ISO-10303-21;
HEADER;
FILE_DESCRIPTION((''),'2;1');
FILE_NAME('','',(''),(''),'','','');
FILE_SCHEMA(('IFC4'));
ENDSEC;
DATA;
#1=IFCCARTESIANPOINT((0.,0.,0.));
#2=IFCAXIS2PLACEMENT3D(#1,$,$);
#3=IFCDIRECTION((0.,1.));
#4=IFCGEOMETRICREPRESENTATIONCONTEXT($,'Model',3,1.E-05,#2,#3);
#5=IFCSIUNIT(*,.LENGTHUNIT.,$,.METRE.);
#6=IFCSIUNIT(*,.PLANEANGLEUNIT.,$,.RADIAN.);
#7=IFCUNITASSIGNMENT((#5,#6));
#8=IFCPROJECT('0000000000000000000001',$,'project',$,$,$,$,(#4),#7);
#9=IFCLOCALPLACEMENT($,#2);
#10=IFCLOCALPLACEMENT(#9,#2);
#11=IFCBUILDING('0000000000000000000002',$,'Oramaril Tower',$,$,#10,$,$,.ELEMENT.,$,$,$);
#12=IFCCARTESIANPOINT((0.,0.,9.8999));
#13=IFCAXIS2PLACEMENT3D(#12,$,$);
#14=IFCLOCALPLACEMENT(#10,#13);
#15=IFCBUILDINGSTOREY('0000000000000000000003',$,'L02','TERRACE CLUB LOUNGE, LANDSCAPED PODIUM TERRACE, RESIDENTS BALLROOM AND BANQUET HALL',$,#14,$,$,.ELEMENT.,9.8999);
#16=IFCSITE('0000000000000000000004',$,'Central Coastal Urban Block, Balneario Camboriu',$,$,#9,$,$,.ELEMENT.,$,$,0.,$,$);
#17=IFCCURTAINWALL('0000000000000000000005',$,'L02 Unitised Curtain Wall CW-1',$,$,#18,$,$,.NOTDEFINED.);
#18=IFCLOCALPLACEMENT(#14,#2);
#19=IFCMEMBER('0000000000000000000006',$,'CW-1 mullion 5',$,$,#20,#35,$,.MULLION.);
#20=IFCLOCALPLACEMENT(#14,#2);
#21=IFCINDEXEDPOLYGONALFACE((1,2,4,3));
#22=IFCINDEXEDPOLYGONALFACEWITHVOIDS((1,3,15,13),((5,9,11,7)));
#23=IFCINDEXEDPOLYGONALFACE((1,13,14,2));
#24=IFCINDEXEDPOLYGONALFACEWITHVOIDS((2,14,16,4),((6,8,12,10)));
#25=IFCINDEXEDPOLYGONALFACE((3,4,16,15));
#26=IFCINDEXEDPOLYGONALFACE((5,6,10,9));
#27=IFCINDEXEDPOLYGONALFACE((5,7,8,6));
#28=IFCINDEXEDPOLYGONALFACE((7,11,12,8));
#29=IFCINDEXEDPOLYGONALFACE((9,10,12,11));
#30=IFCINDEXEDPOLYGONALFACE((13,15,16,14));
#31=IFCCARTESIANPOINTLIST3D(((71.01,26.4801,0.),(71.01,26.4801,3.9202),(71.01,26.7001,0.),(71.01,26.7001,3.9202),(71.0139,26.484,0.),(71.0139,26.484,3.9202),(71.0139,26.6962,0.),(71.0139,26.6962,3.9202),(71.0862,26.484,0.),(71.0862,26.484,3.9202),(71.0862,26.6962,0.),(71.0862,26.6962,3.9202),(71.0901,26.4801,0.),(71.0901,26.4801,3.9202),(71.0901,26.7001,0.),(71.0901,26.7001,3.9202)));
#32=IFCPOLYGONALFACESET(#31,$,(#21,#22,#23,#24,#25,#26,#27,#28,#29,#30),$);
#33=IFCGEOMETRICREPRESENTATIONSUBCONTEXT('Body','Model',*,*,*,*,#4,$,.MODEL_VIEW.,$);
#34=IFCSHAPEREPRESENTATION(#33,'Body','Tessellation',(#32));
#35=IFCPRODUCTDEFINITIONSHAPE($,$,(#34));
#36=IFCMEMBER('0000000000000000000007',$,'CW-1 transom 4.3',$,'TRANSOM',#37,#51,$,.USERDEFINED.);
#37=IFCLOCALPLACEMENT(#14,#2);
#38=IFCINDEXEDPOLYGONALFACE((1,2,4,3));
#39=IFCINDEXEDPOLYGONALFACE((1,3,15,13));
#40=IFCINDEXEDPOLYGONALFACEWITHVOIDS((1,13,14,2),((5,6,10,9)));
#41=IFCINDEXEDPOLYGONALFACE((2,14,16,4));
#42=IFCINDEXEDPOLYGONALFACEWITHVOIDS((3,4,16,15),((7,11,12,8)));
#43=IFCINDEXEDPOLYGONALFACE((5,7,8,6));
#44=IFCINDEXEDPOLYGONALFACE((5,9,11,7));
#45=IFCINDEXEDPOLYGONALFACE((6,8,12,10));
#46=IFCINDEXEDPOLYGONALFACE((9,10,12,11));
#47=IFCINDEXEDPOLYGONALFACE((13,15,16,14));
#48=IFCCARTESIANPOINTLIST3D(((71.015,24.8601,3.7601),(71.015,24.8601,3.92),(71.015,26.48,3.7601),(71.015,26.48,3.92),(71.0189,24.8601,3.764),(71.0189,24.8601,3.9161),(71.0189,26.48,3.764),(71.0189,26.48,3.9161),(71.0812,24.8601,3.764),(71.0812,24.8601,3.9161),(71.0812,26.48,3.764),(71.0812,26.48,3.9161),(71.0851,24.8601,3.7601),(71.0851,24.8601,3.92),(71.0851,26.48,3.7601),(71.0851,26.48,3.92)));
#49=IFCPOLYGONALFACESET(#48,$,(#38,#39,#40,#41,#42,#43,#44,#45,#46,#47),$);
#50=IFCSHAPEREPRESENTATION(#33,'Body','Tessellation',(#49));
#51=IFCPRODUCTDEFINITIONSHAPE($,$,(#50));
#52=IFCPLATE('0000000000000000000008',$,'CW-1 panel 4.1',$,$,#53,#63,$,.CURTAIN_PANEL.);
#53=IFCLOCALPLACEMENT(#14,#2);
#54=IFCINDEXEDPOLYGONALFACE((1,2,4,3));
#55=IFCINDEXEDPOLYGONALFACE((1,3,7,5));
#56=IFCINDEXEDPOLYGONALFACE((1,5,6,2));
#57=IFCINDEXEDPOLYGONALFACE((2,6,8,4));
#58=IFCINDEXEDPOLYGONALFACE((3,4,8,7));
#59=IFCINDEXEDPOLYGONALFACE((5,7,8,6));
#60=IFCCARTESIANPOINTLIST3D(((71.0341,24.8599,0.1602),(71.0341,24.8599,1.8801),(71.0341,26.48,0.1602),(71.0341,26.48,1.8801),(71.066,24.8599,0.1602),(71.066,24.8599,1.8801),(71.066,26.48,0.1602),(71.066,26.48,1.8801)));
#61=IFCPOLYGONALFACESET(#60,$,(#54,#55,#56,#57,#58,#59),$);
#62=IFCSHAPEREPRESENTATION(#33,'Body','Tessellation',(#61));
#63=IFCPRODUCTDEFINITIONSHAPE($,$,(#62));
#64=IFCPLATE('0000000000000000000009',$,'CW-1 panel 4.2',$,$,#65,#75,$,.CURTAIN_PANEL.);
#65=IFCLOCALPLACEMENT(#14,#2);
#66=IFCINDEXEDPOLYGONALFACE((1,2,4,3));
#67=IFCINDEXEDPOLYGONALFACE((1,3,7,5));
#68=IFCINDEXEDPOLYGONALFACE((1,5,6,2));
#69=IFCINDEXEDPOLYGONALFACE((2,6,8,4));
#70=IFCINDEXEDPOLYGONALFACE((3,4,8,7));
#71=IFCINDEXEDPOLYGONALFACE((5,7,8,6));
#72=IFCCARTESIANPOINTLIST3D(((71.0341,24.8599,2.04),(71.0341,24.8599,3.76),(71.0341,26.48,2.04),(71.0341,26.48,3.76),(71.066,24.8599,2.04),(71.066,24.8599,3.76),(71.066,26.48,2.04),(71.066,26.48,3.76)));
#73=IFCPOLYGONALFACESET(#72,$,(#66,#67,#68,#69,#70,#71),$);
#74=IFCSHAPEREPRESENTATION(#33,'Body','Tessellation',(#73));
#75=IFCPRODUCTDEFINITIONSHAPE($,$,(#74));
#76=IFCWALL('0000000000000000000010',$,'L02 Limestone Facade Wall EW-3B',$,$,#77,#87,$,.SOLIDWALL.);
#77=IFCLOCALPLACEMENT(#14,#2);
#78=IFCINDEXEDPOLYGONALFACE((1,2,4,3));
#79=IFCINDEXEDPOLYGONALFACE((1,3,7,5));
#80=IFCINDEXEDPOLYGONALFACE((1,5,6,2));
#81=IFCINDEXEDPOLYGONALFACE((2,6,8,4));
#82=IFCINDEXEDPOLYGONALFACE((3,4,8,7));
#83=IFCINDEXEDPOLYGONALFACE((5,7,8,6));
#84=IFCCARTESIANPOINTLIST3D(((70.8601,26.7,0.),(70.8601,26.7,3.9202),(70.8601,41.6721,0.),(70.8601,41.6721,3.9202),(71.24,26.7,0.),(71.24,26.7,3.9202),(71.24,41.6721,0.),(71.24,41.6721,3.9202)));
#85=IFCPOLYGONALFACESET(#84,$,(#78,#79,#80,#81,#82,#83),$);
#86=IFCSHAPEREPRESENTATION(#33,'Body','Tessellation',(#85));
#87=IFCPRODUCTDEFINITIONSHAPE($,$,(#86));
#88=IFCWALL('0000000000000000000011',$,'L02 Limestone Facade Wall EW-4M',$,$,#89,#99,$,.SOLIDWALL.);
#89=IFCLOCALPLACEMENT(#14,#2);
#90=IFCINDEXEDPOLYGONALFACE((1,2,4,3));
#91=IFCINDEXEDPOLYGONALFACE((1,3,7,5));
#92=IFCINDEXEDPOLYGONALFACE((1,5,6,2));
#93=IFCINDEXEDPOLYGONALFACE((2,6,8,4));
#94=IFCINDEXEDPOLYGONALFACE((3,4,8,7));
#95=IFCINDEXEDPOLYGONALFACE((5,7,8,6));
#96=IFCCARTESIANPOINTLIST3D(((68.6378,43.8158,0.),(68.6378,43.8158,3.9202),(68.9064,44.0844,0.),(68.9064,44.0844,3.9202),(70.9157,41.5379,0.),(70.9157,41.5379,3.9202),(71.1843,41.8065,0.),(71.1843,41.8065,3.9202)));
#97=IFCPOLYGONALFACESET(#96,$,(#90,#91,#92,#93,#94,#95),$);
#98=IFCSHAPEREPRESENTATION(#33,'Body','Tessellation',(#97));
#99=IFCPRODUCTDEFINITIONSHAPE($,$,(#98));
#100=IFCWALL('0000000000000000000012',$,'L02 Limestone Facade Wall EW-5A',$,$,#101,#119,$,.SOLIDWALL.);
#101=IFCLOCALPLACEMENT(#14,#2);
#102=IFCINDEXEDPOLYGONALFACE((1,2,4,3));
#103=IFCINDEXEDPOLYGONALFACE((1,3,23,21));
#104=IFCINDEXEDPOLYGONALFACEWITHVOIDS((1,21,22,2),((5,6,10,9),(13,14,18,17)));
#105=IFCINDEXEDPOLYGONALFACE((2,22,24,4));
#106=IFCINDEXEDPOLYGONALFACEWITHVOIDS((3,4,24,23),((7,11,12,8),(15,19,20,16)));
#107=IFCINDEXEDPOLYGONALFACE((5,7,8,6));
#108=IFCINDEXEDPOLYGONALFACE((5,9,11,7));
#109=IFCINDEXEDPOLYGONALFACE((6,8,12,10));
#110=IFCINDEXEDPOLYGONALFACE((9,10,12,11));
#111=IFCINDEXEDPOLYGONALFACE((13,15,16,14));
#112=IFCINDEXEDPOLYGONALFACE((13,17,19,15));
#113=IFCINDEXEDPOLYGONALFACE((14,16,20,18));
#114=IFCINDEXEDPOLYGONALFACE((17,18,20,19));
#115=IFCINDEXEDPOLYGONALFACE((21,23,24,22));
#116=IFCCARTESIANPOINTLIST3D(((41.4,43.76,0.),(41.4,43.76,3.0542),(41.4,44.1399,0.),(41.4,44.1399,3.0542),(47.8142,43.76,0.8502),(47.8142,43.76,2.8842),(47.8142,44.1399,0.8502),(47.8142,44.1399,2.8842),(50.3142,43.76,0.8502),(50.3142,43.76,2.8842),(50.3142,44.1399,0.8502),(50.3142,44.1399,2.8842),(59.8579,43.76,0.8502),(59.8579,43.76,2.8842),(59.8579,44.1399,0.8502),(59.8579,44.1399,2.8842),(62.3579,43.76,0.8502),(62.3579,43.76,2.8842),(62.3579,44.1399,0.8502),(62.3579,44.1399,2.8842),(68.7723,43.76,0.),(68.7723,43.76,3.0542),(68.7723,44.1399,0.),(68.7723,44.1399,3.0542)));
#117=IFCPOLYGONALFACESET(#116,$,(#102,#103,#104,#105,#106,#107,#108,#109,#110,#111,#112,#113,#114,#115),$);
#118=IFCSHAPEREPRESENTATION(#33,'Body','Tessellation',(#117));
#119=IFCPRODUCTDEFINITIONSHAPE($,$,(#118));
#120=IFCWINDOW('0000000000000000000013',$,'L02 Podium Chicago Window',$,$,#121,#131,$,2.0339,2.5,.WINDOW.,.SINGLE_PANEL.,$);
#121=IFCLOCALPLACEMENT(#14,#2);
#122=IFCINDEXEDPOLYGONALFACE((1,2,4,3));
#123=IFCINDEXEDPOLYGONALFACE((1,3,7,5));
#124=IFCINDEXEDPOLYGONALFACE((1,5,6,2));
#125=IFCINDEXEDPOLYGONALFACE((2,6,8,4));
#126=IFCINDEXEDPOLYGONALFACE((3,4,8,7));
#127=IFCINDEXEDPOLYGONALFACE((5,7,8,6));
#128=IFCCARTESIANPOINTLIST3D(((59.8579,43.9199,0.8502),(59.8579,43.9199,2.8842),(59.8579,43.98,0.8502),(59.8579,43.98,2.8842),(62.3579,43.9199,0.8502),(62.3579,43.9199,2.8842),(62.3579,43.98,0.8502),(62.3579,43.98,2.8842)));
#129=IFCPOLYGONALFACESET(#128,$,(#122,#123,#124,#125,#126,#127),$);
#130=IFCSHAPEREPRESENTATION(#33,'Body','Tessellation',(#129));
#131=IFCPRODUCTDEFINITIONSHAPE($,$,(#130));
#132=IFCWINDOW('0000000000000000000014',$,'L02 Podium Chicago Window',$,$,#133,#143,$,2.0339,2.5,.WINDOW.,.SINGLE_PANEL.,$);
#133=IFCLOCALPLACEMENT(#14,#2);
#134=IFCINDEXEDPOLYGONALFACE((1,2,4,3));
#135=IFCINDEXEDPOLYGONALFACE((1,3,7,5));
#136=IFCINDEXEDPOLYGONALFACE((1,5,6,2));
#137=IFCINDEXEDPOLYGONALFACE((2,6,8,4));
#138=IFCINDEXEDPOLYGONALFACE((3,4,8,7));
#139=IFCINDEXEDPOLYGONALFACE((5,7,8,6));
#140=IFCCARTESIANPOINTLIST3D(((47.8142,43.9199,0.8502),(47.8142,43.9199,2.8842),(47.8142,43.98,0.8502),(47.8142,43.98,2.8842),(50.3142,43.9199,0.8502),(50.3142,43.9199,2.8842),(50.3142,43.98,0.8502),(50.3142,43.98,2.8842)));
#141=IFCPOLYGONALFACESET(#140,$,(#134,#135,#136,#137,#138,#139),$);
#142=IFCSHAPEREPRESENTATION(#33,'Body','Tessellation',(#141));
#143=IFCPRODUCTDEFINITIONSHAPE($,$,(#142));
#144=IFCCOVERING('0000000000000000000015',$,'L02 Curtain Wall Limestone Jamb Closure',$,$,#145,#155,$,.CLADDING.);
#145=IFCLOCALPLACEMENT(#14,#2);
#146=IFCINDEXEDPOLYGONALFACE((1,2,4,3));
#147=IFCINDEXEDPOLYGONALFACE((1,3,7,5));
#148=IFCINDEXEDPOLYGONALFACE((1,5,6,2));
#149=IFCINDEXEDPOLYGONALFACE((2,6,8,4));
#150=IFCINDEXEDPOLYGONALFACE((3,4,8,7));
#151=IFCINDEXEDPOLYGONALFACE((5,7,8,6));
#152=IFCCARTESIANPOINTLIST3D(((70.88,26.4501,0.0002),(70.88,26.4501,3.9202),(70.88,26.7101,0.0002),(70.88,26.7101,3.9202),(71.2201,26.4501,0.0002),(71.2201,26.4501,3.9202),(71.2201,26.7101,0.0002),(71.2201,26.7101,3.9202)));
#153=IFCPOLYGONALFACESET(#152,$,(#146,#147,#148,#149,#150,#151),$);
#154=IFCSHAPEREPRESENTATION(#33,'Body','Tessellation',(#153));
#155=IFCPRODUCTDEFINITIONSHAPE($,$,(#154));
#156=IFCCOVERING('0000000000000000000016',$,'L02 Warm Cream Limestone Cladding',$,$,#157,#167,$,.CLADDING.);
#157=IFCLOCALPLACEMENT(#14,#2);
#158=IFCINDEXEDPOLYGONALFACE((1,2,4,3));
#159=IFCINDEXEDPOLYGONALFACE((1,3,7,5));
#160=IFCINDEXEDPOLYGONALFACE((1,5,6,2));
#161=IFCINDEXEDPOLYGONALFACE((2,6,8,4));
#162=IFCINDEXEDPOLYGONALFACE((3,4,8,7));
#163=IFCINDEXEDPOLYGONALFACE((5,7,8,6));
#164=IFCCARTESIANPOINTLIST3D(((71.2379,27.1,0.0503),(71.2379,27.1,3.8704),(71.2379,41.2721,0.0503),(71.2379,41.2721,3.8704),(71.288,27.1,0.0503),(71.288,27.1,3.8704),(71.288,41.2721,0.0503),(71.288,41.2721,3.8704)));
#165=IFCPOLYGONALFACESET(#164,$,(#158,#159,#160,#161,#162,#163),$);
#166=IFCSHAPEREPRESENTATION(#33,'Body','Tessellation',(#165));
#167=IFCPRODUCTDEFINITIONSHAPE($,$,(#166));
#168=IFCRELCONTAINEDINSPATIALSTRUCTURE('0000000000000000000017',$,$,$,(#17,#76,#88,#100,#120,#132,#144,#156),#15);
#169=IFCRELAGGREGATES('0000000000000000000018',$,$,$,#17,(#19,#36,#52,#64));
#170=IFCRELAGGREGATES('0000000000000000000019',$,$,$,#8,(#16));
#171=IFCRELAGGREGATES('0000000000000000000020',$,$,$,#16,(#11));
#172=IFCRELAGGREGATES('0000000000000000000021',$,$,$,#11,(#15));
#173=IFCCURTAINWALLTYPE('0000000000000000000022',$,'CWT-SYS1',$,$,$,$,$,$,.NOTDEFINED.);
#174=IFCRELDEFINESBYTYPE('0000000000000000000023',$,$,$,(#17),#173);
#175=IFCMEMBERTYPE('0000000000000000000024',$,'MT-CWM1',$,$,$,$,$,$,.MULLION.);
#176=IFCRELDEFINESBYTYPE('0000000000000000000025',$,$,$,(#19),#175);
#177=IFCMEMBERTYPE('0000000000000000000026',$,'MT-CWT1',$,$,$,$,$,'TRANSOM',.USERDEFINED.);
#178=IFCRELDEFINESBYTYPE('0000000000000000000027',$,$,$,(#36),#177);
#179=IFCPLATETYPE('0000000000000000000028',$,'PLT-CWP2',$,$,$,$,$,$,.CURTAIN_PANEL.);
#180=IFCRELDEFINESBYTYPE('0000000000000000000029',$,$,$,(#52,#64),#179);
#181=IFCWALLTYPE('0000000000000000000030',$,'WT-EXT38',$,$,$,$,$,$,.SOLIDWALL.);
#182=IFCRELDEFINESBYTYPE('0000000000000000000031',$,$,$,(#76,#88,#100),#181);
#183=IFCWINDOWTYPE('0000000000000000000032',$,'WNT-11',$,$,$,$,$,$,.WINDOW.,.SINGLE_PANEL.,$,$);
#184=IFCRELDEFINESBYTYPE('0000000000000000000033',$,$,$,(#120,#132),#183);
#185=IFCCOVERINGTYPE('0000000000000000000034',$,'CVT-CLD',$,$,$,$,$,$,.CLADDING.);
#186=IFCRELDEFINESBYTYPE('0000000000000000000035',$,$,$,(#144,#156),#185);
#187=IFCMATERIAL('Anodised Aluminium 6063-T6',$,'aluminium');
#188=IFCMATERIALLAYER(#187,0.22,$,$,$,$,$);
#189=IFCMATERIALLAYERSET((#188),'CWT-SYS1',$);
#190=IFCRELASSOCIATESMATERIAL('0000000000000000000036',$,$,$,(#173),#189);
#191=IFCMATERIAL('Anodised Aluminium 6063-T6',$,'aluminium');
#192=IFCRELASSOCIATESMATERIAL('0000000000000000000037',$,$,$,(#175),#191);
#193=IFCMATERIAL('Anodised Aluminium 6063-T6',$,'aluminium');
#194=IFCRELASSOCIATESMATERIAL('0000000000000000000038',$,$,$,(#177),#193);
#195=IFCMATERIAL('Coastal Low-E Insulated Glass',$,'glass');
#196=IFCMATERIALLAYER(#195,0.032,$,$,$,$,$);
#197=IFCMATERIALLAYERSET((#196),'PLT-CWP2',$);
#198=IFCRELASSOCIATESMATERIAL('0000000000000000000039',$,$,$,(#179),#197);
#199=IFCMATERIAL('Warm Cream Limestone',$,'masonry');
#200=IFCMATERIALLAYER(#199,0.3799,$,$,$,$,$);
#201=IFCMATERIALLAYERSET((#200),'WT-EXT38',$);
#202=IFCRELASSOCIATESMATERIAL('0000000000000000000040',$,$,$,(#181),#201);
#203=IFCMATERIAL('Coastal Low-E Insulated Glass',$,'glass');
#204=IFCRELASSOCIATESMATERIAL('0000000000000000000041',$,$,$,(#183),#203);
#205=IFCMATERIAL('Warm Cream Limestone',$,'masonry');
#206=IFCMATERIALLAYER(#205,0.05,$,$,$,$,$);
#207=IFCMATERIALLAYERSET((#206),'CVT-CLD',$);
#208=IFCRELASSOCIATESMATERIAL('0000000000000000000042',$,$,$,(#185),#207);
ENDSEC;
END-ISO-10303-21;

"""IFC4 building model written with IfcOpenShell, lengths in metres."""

from ifc_helpers import new_model, si_unit, direction, frame, frame_2d, origin, origin_2d, place, context, subcontext, project, spatial, rectangle, hollow_rectangle, extrude, material, layer, layer_set, material_profile, profile_set, type_object, element, fill, aggregate, save


model = new_model("IFC4")

# Units and contexts
model_context = context("Model", 3, precision=1e-05, world=origin(), true_north=direction((0.0, 1.0)))
body_context = subcontext(model_context, "Body", "Model", "MODEL_VIEW")
ifc_project = project(units=[si_unit("LENGTHUNIT", "METRE"), si_unit("PLANEANGLEUNIT", "RADIAN")], contexts=[model_context])

# Site, building, storey
site_placement = place(None, origin())
site = spatial("IfcSite", under=ifc_project, at=site_placement, Name="Central Coastal Urban Block, Balneario Camboriu", CompositionType="ELEMENT", RefElevation=0.0)
building_placement = place(site_placement, origin())
building = spatial("IfcBuilding", under=site, at=building_placement, Name="Oramaril Tower", CompositionType="ELEMENT")
storey_placement = place(building_placement, frame((0.0, 0.0, 9.8999)))
storey = spatial("IfcBuildingStorey", under=building, at=storey_placement, Name="L02", Description="TERRACE CLUB LOUNGE, LANDSCAPED PODIUM TERRACE, RESIDENTS BALLROOM AND BANQUET HALL", CompositionType="ELEMENT", Elevation=9.8999)

# Curtain wall, members, plates
ifc_material_1 = material(Name="Anodised Aluminium 6063-T6", Category="aluminium")
ifc_layer_1 = layer(ifc_material_1, 0.22)
ifc_layer_set_1 = layer_set([ifc_layer_1], Name="CWT-SYS1")
curtain_wall_type = type_object("IfcCurtainWallType", Name="CWT-SYS1", PredefinedType="NOTDEFINED", material=ifc_layer_set_1)
curtain_wall_placement = place(storey_placement, origin())
curtain_wall = element("IfcCurtainWall", 1, at=curtain_wall_placement, inside=storey, type_object=curtain_wall_type, Name="L02 Unitised Curtain Wall CW-1", PredefinedType="NOTDEFINED")
ifc_material_2 = material(Name="Anodised Aluminium 6063-T6", Category="aluminium")
ifc_material_profile_1 = material_profile(ifc_material_2, hollow_rectangle(XDim=0.0801, YDim=0.22, WallThickness=0.0039, at=origin_2d()), Name="CWM220X80")
ifc_profile_set_1 = profile_set([ifc_material_profile_1], Name="Anodised Aluminium 6063-T6")
member_type_1 = type_object("IfcMemberType", Name="MT-CWM1", PredefinedType="MULLION", material=ifc_profile_set_1)
member_1_placement = place(storey_placement, frame((71.05, 26.5901, 0.0), z_axis=(0.0, 0.0, 1.0), x_axis=(-1.0, 0.0, 0.0)))
member_1 = element("IfcMember", 2, at=member_1_placement, type_object=member_type_1, Name="CW-1 mullion 5", PredefinedType="MULLION", context=body_context, shape_type="SweptSolid", body=[
    extrude(hollow_rectangle(XDim=0.0801, YDim=0.22, WallThickness=0.0039, at=origin_2d()), origin(), (0.0, 0.0, 1.0), 3.9202),
])
ifc_material_3 = material(Name="Anodised Aluminium 6063-T6", Category="aluminium")
ifc_material_profile_2 = material_profile(ifc_material_3, hollow_rectangle(XDim=0.0701, YDim=0.1599, WallThickness=0.0039, at=origin_2d()), Name="CWT160X70")
ifc_profile_set_2 = profile_set([ifc_material_profile_2], Name="Anodised Aluminium 6063-T6")
member_type_2 = type_object("IfcMemberType", Name="MT-CWT1", ElementType="TRANSOM", PredefinedType="USERDEFINED", material=ifc_profile_set_2)
member_2_placement = place(storey_placement, frame((71.05, 24.8601, 3.8401), z_axis=(0.0, 1.0, 0.0), x_axis=(-1.0, 0.0, 0.0)))
member_2 = element("IfcMember", 3, at=member_2_placement, type_object=member_type_2, Name="CW-1 transom 4.3", ObjectType="TRANSOM", PredefinedType="USERDEFINED", context=body_context, shape_type="SweptSolid", body=[
    extrude(hollow_rectangle(XDim=0.0701, YDim=0.1599, WallThickness=0.0039, at=origin_2d()), origin(), (0.0, 0.0, 1.0), 1.6199),
])
ifc_material_4 = material(Name="Coastal Low-E Insulated Glass", Category="glass")
ifc_layer_2 = layer(ifc_material_4, 0.032)
ifc_layer_set_2 = layer_set([ifc_layer_2], Name="PLT-CWP2")
plate_type = type_object("IfcPlateType", Name="PLT-CWP2", PredefinedType="CURTAIN_PANEL", material=ifc_layer_set_2)
plate_1_placement = place(storey_placement, frame((71.05, 25.6699, 0.1602), z_axis=(0.0, 0.0, 1.0), x_axis=(0.0, 1.0, 0.0)))
plate_1 = element("IfcPlate", 4, at=plate_1_placement, type_object=plate_type, Name="CW-1 panel 4.1", PredefinedType="CURTAIN_PANEL", context=body_context, shape_type="SweptSolid", body=[
    extrude(rectangle(XDim=1.6201, YDim=0.032, at=origin_2d()), origin(), (0.0, 0.0, 1.0), 1.72),
])
plate_2_placement = place(storey_placement, frame((71.05, 25.6699, 2.04), z_axis=(0.0, 0.0, 1.0), x_axis=(0.0, 1.0, 0.0)))
plate_2 = element("IfcPlate", 5, at=plate_2_placement, type_object=plate_type, Name="CW-1 panel 4.2", PredefinedType="CURTAIN_PANEL", context=body_context, shape_type="SweptSolid", body=[
    extrude(rectangle(XDim=1.6201, YDim=0.032, at=origin_2d()), origin(), (0.0, 0.0, 1.0), 1.72),
])
aggregate(curtain_wall, [member_1, member_2, plate_1, plate_2])

# Walls
ifc_material_5 = material(Name="Warm Cream Limestone", Category="masonry")
ifc_layer_3 = layer(ifc_material_5, 0.3799)
ifc_layer_set_3 = layer_set([ifc_layer_3], Name="WT-EXT38")
wall_type = type_object("IfcWallType", Name="WT-EXT38", PredefinedType="SOLIDWALL", material=ifc_layer_set_3)
wall_1_placement = place(storey_placement, frame((71.05, 26.7, 0.0), z_axis=(0.0, 0.0, 1.0), x_axis=(0.0, 1.0, 0.0)))
element("IfcWall", 6, at=wall_1_placement, inside=storey, type_object=wall_type, Name="L02 Limestone Facade Wall EW-3B", PredefinedType="SOLIDWALL", context=body_context, shape_type="SweptSolid", body=[
    extrude(rectangle(XDim=14.9722, YDim=0.3799, at=frame_2d((7.4861, 0.0))), origin(), (0.0, 0.0, 1.0), 3.9202),
])
wall_2_placement = place(storey_placement, frame((71.05, 41.6721, 0.0), z_axis=(0.0, 0.0, 1.0), x_axis=(-0.707107, 0.707107, 0.0)))
element("IfcWall", 7, at=wall_2_placement, inside=storey, type_object=wall_type, Name="L02 Limestone Facade Wall EW-4M", PredefinedType="SOLIDWALL", context=body_context, shape_type="SweptSolid", body=[
    extrude(rectangle(XDim=3.2214, YDim=0.3799, at=frame_2d((1.6108, 0.0))), origin(), (0.0, 0.0, 1.0), 3.9202),
])

# Wall, openings, windows
wall_3_placement = place(storey_placement, frame((68.7722, 43.95, 0.0), z_axis=(0.0, 0.0, 1.0), x_axis=(-1.0, 0.0, 0.0)))
wall_3 = element("IfcWall", 8, at=wall_3_placement, inside=storey, type_object=wall_type, Name="L02 Limestone Facade Wall EW-5A", PredefinedType="SOLIDWALL", context=body_context, shape_type="SweptSolid", body=[
    extrude(rectangle(XDim=27.3723, YDim=0.3799, at=frame_2d((13.686, 0.0))), origin(), (0.0, 0.0, 1.0), 3.0542),
])
opening_1_placement = place(wall_3_placement, frame((6.4143, 0.0, 0.8501)))
opening_1 = element("IfcOpeningElement", 9, at=opening_1_placement, cuts=wall_3, PredefinedType="OPENING", context=body_context, shape_type="SweptSolid", body=[
    extrude(rectangle(XDim=2.5, YDim=2.0339, at=frame_2d((1.25, 1.0171))), frame((0.0, 0.1899, 0.0), z_axis=(0.0, -1.0, 0.0), x_axis=(1.0, 0.0, 0.0)), (0.0, 0.0, 1.0), 0.3799),
])
opening_2_placement = place(wall_3_placement, frame((18.458, 0.0, 0.8501)))
opening_2 = element("IfcOpeningElement", 10, at=opening_2_placement, cuts=wall_3, PredefinedType="OPENING", context=body_context, shape_type="SweptSolid", body=[
    extrude(rectangle(XDim=2.5, YDim=2.0339, at=frame_2d((1.25, 1.0171))), frame((0.0, 0.1899, 0.0), z_axis=(0.0, -1.0, 0.0), x_axis=(1.0, 0.0, 0.0)), (0.0, 0.0, 1.0), 0.3799),
])
ifc_material_6 = material(Name="Coastal Low-E Insulated Glass", Category="glass")
window_type = type_object("IfcWindowType", Name="WNT-11", PartitioningType="SINGLE_PANEL", PredefinedType="WINDOW", material=ifc_material_6)
window_1_placement = place(opening_1_placement, origin())
window_1 = element("IfcWindow", 11, at=window_1_placement, inside=storey, type_object=window_type, Name="L02 Podium Chicago Window", OverallHeight=2.0339, OverallWidth=2.5, PartitioningType="SINGLE_PANEL", PredefinedType="WINDOW", context=body_context, shape_type="SweptSolid", body=[
    extrude(rectangle(XDim=2.5, YDim=2.0339, at=frame_2d((1.25, 1.0171))), frame((0.0, 0.03, 0.0), z_axis=(0.0, -1.0, 0.0), x_axis=(1.0, 0.0, 0.0)), (0.0, 0.0, 1.0), 0.0601),
])
fill(opening_1, window_1)
window_2_placement = place(opening_2_placement, origin())
window_2 = element("IfcWindow", 12, at=window_2_placement, inside=storey, type_object=window_type, Name="L02 Podium Chicago Window", OverallHeight=2.0339, OverallWidth=2.5, PartitioningType="SINGLE_PANEL", PredefinedType="WINDOW", context=body_context, shape_type="SweptSolid", body=[
    extrude(rectangle(XDim=2.5, YDim=2.0339, at=frame_2d((1.25, 1.0171))), frame((0.0, 0.03, 0.0), z_axis=(0.0, -1.0, 0.0), x_axis=(1.0, 0.0, 0.0)), (0.0, 0.0, 1.0), 0.0601),
])
fill(opening_2, window_2)

# Coverings
ifc_material_7 = material(Name="Warm Cream Limestone", Category="masonry")
ifc_layer_4 = layer(ifc_material_7, 0.05)
ifc_layer_set_4 = layer_set([ifc_layer_4], Name="CVT-CLD")
covering_type = type_object("IfcCoveringType", Name="CVT-CLD", PredefinedType="CLADDING", material=ifc_layer_set_4)
covering_1_placement = place(storey_placement, frame((71.05, 26.5801, 0.0002), z_axis=(0.0, 0.0, 1.0), x_axis=(0.0, 1.0, 0.0)))
element("IfcCovering", 13, at=covering_1_placement, inside=storey, type_object=covering_type, Name="L02 Curtain Wall Limestone Jamb Closure", PredefinedType="CLADDING", context=body_context, shape_type="SweptSolid", body=[
    extrude(rectangle(XDim=0.26, YDim=0.3401, at=origin_2d()), origin(), (0.0, 0.0, 1.0), 3.9199),
])
covering_2_placement = place(storey_placement, frame((71.2629, 34.186, 0.0503), z_axis=(0.0, 0.0, 1.0), x_axis=(0.0, 1.0, 0.0)))
element("IfcCovering", 14, at=covering_2_placement, inside=storey, type_object=covering_type, Name="L02 Warm Cream Limestone Cladding", PredefinedType="CLADDING", context=body_context, shape_type="SweptSolid", body=[
    extrude(rectangle(XDim=14.1721, YDim=0.05, at=origin_2d()), origin(), (0.0, 0.0, 1.0), 3.8201),
])

save(model, "model.ifc")
